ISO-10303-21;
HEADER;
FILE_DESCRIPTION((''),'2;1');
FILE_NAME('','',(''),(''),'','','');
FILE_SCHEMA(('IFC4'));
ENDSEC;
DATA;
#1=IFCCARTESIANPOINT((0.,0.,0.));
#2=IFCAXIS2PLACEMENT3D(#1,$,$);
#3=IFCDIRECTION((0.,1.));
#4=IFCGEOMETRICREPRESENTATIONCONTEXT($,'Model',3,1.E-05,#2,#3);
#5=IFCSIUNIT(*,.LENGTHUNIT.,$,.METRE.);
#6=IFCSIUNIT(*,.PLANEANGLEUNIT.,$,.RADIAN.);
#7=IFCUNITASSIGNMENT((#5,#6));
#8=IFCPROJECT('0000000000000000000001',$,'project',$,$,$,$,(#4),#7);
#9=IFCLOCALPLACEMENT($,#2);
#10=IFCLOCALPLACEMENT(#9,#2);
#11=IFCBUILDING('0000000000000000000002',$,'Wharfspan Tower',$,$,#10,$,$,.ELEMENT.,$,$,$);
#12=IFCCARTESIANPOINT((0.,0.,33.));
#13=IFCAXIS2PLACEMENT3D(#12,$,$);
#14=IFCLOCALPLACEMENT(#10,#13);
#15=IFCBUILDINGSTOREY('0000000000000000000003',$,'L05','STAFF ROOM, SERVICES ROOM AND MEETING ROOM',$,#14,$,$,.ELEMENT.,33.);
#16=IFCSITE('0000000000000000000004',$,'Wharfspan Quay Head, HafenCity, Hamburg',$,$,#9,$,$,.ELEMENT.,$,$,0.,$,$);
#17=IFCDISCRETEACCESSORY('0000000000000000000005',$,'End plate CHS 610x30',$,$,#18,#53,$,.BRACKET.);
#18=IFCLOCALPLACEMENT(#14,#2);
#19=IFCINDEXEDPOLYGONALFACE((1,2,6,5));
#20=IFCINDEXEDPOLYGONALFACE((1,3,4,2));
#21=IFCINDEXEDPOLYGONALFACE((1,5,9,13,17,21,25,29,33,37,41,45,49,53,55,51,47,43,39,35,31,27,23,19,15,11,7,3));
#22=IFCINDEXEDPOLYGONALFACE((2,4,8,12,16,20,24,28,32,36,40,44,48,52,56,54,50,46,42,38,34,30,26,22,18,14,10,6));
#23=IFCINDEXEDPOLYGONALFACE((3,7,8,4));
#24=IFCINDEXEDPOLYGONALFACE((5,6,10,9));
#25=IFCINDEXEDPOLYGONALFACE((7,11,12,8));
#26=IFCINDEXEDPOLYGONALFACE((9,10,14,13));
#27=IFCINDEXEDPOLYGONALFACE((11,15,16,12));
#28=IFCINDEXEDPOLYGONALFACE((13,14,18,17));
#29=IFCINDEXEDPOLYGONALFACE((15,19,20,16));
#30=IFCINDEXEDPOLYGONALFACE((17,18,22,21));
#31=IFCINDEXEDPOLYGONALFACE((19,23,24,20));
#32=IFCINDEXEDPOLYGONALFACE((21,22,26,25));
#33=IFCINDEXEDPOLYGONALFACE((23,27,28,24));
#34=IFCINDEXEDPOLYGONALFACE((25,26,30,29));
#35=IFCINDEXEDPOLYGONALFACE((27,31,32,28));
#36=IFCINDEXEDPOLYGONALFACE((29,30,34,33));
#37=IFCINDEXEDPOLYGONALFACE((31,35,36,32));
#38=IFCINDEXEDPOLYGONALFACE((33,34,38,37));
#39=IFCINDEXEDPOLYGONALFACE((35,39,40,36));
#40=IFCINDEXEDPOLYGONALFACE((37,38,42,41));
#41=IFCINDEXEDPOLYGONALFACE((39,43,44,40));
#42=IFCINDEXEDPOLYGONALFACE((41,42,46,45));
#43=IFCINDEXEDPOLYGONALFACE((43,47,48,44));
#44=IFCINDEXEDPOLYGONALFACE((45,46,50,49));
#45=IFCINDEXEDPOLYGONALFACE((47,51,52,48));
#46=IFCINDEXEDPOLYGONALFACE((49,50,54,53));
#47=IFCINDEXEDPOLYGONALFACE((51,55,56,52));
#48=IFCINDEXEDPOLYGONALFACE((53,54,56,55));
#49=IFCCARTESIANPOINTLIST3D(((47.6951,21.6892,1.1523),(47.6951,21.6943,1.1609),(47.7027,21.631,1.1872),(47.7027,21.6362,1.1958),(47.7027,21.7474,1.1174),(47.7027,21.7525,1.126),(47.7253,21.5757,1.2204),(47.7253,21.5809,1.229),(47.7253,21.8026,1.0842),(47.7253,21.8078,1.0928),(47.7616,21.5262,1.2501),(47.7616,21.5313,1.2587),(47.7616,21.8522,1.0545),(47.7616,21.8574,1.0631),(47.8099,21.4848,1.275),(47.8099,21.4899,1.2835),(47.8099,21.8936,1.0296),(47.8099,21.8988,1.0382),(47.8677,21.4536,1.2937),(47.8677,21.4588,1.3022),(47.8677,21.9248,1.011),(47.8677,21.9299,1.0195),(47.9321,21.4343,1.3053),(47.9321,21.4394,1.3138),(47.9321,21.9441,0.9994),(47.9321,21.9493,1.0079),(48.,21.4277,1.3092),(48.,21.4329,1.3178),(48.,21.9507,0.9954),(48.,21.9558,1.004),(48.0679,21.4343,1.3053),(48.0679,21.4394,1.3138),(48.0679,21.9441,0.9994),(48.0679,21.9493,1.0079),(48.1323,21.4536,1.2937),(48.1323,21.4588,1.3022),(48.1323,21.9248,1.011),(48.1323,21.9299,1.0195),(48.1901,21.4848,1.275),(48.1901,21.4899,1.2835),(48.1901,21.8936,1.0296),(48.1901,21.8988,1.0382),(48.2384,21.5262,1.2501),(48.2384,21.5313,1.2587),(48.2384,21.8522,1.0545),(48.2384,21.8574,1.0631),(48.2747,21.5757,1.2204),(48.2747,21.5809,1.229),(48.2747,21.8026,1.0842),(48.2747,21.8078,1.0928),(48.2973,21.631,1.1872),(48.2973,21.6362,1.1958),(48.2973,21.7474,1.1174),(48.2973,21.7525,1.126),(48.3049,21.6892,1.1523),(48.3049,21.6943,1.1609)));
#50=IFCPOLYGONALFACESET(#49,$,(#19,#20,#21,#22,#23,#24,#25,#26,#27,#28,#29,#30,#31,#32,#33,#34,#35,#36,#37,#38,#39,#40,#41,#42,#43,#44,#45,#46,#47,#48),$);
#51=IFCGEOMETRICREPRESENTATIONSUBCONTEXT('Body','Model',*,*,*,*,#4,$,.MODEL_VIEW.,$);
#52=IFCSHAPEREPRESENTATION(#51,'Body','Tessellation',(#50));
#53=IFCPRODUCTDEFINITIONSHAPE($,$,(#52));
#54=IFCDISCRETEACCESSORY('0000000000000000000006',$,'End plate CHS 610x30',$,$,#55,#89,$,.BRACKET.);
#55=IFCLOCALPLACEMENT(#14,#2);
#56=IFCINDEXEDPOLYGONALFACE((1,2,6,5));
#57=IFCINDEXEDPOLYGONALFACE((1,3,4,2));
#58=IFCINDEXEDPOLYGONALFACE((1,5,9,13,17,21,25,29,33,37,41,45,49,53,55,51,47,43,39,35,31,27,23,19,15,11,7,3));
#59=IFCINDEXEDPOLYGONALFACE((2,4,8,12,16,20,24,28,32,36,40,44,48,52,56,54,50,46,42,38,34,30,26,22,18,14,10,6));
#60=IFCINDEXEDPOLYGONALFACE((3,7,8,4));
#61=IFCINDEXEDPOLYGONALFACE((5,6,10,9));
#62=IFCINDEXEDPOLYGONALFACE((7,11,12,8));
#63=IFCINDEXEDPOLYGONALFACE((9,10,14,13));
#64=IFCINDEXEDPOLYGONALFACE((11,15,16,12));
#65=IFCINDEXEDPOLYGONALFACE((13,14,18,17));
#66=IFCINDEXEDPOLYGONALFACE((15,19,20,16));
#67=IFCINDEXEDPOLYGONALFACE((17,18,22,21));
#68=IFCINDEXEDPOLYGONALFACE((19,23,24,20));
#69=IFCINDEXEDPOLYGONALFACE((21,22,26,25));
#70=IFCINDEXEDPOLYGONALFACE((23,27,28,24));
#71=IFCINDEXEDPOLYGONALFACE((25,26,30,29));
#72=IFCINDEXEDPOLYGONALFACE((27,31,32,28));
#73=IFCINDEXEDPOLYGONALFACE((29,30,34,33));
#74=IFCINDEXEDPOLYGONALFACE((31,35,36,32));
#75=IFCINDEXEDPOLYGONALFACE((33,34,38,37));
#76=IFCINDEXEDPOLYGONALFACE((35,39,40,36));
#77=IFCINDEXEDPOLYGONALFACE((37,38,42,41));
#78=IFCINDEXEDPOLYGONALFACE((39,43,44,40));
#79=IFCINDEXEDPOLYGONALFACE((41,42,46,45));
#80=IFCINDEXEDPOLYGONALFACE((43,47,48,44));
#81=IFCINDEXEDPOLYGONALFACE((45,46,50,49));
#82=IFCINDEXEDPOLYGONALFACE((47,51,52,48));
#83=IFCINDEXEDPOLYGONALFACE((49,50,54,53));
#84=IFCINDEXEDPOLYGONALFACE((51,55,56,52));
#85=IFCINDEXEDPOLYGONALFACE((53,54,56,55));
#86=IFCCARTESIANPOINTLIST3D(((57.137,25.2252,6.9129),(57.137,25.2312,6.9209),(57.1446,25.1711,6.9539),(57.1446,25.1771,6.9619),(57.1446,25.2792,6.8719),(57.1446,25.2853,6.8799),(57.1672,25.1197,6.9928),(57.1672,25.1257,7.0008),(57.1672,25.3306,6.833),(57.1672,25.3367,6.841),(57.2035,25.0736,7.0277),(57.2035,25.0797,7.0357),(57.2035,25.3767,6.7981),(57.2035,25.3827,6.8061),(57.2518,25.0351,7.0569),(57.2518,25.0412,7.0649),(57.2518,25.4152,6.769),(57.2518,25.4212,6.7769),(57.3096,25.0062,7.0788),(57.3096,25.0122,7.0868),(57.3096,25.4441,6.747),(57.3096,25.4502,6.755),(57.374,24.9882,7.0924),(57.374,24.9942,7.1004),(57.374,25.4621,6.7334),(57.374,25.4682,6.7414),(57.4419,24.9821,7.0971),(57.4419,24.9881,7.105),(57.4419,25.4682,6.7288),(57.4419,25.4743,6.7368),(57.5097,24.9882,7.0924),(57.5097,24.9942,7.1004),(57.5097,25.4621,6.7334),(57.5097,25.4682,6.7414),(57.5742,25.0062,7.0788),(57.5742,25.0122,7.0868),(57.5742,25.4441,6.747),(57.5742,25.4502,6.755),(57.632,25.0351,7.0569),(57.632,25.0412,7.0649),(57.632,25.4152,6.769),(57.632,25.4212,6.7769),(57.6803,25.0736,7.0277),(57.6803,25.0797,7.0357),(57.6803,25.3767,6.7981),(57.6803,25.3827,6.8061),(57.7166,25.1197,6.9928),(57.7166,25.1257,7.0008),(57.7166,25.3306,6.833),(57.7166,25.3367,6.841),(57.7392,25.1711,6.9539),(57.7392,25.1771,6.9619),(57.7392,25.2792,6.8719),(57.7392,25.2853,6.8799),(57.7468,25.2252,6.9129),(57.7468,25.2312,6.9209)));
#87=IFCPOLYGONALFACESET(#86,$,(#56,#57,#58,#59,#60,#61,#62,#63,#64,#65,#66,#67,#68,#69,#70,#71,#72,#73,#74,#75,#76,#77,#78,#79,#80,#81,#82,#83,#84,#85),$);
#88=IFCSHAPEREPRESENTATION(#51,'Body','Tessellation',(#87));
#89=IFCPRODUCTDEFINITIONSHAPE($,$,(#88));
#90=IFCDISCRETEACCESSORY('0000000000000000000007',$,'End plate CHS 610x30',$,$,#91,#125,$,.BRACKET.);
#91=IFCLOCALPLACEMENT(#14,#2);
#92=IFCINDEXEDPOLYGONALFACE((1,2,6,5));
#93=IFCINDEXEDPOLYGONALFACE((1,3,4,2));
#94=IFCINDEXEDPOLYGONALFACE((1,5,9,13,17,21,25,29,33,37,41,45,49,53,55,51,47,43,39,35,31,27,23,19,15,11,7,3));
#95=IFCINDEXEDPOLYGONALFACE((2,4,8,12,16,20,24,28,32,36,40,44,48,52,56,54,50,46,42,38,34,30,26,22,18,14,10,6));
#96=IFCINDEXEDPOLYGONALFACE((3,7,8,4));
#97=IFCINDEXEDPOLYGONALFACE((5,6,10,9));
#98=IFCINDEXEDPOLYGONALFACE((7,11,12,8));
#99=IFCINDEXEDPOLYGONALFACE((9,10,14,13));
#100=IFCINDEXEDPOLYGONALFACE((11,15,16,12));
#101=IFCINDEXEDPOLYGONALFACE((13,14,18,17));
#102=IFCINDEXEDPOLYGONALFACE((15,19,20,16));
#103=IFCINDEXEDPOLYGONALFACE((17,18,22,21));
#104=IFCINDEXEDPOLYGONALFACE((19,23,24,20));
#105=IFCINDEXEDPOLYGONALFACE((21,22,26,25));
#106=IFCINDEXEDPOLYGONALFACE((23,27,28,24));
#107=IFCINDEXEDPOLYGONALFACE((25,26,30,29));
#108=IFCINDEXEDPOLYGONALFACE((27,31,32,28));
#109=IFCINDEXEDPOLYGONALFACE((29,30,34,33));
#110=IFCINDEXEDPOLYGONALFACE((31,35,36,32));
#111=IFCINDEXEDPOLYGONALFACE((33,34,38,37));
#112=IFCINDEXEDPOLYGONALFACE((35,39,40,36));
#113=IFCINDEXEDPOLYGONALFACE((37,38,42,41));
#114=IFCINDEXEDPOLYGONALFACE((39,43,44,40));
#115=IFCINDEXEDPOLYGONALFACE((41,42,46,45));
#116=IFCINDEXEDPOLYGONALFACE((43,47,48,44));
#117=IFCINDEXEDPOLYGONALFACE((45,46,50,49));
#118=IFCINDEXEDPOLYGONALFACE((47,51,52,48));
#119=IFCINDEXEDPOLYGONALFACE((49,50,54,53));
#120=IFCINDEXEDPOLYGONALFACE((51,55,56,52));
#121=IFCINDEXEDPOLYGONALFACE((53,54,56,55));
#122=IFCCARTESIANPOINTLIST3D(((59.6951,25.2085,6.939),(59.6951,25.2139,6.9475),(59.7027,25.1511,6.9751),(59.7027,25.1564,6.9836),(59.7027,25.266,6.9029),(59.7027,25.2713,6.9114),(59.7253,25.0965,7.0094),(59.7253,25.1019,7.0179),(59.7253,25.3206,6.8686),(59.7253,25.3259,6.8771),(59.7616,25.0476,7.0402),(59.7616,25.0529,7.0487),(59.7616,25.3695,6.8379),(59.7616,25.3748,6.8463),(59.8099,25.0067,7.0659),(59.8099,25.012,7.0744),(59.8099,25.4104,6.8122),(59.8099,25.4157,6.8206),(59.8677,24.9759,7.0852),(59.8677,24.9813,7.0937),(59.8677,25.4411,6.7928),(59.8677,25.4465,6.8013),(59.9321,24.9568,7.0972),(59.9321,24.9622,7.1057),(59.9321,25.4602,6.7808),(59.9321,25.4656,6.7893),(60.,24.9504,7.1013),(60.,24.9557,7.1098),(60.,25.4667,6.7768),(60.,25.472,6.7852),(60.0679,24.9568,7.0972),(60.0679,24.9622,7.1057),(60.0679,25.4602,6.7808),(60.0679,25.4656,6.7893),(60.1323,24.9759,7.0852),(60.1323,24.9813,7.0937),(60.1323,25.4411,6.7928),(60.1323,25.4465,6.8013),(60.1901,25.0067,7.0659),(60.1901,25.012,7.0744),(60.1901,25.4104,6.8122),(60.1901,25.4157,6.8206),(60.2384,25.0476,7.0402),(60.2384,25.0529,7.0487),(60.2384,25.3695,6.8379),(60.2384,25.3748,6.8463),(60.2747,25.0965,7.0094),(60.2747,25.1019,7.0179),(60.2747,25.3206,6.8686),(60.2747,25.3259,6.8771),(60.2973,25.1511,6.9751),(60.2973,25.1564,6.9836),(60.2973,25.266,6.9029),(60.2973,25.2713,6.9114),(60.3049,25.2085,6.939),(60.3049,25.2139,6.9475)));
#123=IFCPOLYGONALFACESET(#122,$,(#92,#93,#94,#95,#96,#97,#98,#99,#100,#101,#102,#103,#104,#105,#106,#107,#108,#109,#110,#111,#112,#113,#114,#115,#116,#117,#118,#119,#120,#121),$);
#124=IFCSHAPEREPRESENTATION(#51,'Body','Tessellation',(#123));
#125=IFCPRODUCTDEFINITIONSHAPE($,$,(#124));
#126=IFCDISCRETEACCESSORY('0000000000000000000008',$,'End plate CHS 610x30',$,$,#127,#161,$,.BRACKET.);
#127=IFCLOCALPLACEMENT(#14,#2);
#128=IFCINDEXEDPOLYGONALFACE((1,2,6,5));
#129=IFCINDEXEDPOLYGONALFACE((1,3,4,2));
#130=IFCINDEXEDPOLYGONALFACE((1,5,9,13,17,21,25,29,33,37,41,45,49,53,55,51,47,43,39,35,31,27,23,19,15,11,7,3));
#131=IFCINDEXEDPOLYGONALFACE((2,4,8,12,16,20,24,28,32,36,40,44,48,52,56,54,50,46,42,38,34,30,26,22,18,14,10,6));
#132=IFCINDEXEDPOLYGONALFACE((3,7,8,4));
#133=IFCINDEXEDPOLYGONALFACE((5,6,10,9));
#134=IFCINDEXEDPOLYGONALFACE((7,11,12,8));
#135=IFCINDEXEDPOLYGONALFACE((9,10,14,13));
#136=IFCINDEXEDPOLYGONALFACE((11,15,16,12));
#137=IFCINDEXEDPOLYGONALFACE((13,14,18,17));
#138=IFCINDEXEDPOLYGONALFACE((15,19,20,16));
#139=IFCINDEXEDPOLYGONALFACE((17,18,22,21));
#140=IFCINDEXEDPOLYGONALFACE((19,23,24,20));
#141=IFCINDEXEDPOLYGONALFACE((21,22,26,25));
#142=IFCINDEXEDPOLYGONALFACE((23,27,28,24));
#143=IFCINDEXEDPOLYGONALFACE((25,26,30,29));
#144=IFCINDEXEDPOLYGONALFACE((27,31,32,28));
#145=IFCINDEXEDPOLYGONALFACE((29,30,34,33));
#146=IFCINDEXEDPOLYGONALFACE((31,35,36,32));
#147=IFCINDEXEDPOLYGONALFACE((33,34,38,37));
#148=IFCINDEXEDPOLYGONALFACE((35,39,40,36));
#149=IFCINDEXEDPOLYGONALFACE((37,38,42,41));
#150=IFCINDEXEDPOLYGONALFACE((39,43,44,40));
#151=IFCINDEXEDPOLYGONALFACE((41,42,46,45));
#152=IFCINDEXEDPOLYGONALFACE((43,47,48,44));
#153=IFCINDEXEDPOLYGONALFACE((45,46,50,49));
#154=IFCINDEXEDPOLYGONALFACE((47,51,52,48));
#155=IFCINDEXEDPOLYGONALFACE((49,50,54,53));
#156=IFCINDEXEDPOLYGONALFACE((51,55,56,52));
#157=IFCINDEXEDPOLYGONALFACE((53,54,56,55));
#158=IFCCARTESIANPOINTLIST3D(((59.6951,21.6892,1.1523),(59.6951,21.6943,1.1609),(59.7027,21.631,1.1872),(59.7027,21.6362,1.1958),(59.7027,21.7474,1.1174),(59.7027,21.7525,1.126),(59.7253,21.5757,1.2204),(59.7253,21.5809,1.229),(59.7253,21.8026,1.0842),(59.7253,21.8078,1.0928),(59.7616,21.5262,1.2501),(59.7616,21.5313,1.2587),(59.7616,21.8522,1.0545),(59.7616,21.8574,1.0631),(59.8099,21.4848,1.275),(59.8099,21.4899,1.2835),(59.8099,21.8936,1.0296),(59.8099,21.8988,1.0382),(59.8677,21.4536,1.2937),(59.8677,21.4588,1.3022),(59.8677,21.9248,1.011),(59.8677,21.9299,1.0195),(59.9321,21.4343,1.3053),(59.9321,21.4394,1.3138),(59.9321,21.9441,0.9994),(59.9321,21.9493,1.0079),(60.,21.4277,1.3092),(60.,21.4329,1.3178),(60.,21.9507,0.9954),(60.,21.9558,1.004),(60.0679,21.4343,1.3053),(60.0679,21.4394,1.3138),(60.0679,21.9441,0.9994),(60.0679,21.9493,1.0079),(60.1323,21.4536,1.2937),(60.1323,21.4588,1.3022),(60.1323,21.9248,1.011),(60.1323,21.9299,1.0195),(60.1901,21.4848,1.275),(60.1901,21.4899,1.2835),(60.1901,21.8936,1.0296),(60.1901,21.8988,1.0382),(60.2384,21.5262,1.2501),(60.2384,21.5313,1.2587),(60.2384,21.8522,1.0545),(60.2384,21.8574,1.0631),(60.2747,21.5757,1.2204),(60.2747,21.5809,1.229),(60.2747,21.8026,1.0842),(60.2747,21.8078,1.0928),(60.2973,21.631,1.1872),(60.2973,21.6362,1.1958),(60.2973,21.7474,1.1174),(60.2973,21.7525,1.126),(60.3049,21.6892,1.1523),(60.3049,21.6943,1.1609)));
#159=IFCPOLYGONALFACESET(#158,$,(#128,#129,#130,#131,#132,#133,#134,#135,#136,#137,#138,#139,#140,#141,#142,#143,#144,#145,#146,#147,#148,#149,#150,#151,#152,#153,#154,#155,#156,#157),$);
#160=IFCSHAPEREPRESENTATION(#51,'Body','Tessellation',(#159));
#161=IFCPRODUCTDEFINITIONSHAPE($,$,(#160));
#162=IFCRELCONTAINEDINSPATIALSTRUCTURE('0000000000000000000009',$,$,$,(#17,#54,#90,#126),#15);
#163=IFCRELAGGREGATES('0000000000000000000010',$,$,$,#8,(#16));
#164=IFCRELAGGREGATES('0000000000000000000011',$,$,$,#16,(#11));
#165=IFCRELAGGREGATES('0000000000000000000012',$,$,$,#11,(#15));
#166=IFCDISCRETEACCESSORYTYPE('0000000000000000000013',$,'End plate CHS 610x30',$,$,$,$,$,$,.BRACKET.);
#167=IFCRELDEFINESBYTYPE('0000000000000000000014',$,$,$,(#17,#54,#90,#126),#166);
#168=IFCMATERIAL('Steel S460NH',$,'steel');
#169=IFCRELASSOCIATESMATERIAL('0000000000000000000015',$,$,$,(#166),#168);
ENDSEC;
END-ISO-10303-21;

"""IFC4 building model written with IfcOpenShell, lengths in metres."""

from ifc_helpers import new_model, si_unit, direction, frame, origin, origin_2d, place, context, subcontext, project, spatial, circle, extrude, material, material_profile, profile_set, type_object, element, save


model = new_model("IFC4")

# Units and contexts
model_context = context("Model", 3, precision=1e-05, world=origin(), true_north=direction((0.0, 1.0)))
body_context = subcontext(model_context, "Body", "Model", "MODEL_VIEW")
ifc_project = project(units=[si_unit("LENGTHUNIT", "METRE"), si_unit("PLANEANGLEUNIT", "RADIAN")], contexts=[model_context])

# Site, building, storey
site_placement = place(None, origin())
site = spatial("IfcSite", under=ifc_project, at=site_placement, Name="Wharfspan Quay Head, HafenCity, Hamburg", CompositionType="ELEMENT", RefElevation=0.0)
building_placement = place(site_placement, origin())
building = spatial("IfcBuilding", under=site, at=building_placement, Name="Wharfspan Tower", CompositionType="ELEMENT")
storey_placement = place(building_placement, frame((0.0, 0.0, 33.0)))
storey = spatial("IfcBuildingStorey", under=building, at=storey_placement, Name="L05", Description="STAFF ROOM, SERVICES ROOM AND MEETING ROOM", CompositionType="ELEMENT", Elevation=33.0)

# Shared definitions
ifc_material_1 = material(Name="Steel S460NH", Category="steel")

# Discrete accessories
ifc_material_profile_1 = material_profile(ifc_material_1, circle(Radius=0.3049, at=origin_2d()))
ifc_profile_set_1 = profile_set([ifc_material_profile_1], Name="Steel S460NH")
discrete_accessory_type = type_object("IfcDiscreteAccessoryType", Name="End plate CHS 610x30", PredefinedType="BRACKET", material=ifc_profile_set_1)
for number, where, z_axis, x_axis, name in (
    (1, (48.0, 21.6943, 1.1609), (0.0, -0.514496, -0.857493), (1.0, 0.0, 0.0), "End plate CHS 610x30"),
    (2, (57.4419, 25.2312, 6.9209), (0.0, -0.603858, -0.797092), (1.0, 0.0, 0.0), "End plate CHS 610x30"),
    (3, (60.0, 25.2139, 6.9475), (0.0, -0.532172, -0.846637), (1.0, 0.0, 0.0), "End plate CHS 610x30"),
    (4, (60.0, 21.6943, 1.1609), (0.0, -0.514496, -0.857493), (1.0, 0.0, 0.0), "End plate CHS 610x30"),
):
    element("IfcDiscreteAccessory", number, at=place(storey_placement, frame(where, z_axis=z_axis, x_axis=x_axis)), inside=storey, type_object=discrete_accessory_type, Name=name, PredefinedType="BRACKET", context=body_context, shape_type="SweptSolid", body=[
        extrude(circle(Radius=0.3049, at=origin_2d()), origin(), (0.0, 0.0, 1.0), 0.01),
    ])

save(model, "model.ifc")
